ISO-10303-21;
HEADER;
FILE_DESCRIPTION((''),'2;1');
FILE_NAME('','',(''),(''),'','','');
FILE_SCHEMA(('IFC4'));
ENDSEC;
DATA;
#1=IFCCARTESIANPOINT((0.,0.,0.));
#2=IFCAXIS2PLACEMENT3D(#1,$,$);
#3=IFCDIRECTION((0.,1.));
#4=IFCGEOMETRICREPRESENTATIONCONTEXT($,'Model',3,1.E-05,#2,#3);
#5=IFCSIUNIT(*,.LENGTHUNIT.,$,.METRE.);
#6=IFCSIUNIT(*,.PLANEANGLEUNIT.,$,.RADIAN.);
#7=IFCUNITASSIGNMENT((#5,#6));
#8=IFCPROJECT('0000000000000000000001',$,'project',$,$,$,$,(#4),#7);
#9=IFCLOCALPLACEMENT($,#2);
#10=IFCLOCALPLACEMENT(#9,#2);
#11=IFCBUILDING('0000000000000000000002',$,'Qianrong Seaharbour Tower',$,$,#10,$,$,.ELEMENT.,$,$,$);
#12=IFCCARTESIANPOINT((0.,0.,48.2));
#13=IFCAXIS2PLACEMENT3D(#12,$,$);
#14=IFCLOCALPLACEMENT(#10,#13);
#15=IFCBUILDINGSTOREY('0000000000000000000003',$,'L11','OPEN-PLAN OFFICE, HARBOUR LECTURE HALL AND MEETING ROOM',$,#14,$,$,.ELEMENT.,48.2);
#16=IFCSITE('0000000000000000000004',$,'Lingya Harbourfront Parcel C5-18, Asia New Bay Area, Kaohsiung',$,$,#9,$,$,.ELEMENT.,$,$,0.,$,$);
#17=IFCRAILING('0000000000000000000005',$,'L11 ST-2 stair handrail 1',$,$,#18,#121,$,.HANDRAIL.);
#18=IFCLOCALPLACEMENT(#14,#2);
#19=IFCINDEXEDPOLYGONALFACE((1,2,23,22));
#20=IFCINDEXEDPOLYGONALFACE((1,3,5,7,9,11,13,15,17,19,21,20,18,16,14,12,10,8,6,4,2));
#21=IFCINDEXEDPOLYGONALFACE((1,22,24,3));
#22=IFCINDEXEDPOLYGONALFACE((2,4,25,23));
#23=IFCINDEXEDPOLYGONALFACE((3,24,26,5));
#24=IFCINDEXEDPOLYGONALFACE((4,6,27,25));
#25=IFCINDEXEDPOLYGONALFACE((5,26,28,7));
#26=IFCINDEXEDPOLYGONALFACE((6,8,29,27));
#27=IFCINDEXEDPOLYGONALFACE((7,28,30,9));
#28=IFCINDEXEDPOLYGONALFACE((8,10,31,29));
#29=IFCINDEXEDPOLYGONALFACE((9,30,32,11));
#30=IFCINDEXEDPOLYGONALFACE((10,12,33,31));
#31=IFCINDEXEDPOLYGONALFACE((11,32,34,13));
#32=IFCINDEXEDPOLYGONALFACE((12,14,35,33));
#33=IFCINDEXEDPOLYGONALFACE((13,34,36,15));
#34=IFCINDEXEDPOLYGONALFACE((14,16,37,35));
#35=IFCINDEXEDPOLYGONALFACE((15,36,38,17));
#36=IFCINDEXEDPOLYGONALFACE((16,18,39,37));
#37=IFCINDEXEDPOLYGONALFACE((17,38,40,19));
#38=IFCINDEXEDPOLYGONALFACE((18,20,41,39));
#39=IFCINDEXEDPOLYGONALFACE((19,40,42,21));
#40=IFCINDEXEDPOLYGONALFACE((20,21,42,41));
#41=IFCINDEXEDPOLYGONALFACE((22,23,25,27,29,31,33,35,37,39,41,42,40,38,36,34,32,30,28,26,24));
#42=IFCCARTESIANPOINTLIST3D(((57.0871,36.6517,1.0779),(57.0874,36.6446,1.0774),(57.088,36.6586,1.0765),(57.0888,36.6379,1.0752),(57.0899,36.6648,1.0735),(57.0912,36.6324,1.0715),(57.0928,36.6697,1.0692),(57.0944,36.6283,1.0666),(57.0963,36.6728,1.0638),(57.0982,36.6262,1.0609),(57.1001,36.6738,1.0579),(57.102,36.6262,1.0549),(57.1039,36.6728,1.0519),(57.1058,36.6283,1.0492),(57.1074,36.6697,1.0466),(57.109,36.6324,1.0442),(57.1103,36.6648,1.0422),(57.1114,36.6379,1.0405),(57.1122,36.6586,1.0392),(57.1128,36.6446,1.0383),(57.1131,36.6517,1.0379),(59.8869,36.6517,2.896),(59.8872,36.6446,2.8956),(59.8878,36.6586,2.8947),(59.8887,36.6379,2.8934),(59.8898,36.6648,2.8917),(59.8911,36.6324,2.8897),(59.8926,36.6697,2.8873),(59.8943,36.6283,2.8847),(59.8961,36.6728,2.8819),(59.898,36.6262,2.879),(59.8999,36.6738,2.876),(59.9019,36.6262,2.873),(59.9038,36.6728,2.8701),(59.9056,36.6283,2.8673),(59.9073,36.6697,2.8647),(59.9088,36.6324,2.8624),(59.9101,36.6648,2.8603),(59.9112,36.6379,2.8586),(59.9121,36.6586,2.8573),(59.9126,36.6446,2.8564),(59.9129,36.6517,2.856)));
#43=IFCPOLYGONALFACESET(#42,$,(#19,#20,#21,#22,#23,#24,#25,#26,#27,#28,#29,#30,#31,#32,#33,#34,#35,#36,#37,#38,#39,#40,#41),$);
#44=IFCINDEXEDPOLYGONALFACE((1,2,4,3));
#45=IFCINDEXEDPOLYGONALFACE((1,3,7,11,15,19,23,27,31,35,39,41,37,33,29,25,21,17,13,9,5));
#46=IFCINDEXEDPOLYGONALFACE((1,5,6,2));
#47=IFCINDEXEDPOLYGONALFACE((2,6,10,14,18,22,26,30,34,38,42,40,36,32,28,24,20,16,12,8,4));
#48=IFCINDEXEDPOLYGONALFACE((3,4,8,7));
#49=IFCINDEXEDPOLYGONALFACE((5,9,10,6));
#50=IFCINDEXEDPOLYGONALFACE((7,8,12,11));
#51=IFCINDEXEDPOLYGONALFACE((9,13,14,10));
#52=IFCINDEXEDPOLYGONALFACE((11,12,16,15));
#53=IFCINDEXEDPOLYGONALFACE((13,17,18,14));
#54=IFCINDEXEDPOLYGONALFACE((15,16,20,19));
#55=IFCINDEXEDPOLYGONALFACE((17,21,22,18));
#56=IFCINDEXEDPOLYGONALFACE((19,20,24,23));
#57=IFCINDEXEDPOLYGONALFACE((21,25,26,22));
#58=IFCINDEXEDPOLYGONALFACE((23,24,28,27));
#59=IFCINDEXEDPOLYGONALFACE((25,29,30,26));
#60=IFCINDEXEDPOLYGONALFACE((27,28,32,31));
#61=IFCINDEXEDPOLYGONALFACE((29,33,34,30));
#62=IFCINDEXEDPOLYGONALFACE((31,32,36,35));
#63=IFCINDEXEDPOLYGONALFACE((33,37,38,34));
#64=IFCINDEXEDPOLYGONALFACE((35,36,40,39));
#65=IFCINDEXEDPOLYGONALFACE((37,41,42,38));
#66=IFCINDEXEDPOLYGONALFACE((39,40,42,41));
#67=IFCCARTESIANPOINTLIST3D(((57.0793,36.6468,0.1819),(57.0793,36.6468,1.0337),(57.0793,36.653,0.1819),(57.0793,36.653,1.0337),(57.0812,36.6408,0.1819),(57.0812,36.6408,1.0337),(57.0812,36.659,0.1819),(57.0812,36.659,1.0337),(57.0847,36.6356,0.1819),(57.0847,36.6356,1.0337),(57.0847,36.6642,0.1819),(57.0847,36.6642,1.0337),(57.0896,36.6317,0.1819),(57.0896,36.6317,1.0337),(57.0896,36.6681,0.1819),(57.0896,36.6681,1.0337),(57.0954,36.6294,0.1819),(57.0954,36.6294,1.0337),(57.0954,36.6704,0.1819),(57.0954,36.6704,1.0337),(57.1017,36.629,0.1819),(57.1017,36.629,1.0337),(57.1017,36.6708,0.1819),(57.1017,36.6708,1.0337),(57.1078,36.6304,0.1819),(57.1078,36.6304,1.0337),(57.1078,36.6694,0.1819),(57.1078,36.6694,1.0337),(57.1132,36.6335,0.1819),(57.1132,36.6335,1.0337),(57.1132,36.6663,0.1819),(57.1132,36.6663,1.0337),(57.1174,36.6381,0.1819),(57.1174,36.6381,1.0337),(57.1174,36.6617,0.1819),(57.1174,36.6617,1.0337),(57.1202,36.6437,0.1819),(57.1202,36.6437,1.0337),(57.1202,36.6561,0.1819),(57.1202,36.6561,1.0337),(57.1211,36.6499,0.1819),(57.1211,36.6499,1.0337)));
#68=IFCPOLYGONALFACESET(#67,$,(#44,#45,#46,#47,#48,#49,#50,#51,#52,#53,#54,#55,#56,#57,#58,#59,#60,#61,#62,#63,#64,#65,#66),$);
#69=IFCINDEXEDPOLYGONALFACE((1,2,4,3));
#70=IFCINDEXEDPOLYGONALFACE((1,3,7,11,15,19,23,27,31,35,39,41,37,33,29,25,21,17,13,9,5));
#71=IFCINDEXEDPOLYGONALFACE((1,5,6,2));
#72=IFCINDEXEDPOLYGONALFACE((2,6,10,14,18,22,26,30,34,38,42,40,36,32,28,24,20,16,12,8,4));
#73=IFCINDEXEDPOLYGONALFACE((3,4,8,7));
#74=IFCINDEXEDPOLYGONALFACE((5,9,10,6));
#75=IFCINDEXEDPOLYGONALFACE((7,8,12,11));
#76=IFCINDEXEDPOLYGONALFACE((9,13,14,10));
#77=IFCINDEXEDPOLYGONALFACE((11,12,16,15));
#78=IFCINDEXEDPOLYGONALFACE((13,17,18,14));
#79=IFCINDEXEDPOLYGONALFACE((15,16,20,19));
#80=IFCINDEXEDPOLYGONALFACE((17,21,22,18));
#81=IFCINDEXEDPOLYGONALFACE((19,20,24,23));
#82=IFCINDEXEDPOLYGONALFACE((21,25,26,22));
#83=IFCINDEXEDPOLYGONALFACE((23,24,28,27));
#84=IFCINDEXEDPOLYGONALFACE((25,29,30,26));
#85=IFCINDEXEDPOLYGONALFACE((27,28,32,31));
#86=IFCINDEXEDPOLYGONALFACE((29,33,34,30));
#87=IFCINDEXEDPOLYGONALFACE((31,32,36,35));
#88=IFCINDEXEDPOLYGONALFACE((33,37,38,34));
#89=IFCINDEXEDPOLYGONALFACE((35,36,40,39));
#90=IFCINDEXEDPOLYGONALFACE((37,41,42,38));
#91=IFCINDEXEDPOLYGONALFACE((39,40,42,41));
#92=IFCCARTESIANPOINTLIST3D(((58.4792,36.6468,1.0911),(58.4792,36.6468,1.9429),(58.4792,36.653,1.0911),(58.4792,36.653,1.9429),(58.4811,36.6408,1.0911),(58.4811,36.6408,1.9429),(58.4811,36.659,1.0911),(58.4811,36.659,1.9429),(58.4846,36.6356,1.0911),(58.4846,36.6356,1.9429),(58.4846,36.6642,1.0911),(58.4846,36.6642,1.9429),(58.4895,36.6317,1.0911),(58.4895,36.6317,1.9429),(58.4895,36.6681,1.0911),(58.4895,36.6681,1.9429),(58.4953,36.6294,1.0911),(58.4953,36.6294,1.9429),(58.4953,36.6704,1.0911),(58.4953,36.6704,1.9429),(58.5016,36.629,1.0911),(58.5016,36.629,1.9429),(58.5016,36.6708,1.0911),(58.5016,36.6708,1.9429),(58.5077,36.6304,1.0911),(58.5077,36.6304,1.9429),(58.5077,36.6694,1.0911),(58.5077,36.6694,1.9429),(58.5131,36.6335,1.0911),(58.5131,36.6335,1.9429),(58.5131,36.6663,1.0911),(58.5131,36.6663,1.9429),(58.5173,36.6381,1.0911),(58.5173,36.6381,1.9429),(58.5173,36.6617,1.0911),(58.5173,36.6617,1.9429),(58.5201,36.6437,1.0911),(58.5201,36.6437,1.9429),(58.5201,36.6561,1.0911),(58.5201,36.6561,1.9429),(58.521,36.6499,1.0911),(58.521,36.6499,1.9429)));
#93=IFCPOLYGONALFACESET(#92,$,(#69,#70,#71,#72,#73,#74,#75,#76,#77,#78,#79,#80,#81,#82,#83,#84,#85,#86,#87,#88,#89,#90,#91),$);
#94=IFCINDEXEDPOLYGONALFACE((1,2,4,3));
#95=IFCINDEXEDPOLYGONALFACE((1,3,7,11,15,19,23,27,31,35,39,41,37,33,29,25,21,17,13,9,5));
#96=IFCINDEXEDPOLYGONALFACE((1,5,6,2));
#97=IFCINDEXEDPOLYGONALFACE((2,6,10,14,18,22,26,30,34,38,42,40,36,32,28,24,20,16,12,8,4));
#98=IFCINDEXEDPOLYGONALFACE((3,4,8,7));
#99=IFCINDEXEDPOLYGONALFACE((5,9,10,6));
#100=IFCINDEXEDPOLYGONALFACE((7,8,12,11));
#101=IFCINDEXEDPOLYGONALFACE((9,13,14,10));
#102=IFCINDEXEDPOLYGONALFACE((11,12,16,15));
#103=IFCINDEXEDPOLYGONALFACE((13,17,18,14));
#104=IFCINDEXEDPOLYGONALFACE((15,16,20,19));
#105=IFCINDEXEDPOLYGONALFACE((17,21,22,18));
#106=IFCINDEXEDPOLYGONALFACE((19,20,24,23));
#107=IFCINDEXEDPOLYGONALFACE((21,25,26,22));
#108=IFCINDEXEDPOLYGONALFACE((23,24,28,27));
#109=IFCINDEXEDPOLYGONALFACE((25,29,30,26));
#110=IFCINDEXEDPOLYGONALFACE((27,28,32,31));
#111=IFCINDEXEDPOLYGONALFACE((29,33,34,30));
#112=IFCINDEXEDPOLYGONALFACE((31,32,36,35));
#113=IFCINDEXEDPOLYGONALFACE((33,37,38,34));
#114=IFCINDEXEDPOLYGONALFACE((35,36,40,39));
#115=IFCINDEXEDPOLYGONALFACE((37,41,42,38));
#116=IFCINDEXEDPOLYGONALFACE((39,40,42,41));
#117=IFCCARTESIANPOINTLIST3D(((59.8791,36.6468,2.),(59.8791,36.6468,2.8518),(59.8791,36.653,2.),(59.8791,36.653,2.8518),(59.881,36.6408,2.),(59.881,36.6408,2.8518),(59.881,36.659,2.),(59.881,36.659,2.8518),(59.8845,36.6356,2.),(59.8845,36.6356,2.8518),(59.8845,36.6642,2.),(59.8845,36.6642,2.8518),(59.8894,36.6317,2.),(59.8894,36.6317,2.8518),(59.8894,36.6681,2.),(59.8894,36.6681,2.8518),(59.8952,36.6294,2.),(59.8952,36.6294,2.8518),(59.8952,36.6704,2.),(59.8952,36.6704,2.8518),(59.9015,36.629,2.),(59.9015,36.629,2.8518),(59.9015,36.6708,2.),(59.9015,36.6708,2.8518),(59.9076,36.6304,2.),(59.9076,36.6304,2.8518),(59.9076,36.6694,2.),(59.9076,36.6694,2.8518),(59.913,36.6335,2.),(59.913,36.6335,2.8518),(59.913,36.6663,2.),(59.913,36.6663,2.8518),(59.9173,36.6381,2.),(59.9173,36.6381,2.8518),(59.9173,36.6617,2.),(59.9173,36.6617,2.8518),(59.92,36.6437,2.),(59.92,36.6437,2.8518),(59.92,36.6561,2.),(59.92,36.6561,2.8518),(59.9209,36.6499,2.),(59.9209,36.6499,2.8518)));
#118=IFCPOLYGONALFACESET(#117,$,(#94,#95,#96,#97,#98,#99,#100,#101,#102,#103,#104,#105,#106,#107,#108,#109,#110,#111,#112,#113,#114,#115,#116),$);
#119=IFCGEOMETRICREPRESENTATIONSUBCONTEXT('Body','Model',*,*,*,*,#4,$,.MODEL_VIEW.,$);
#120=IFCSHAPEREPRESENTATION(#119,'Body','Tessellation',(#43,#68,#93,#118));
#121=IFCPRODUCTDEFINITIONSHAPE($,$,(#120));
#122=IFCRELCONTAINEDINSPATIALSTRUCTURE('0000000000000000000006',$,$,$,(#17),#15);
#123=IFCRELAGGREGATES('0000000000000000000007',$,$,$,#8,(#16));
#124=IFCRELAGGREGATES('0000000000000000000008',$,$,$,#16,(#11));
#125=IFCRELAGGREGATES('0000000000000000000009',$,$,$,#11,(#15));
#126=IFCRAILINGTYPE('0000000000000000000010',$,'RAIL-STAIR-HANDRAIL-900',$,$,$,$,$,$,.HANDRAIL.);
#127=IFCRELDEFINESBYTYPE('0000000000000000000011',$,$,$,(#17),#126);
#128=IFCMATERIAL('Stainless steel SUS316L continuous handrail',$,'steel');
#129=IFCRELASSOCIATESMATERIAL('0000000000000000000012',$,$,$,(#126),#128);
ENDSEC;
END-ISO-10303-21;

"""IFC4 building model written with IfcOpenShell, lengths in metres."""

from ifc_helpers import new_model, si_unit, direction, frame, origin, origin_2d, place, context, subcontext, project, spatial, circle, extrude, material, type_object, element, save


model = new_model("IFC4")

# Units and contexts
model_context = context("Model", 3, precision=1e-05, world=origin(), true_north=direction((0.0, 1.0)))
body_context = subcontext(model_context, "Body", "Model", "MODEL_VIEW")
ifc_project = project(units=[si_unit("LENGTHUNIT", "METRE"), si_unit("PLANEANGLEUNIT", "RADIAN")], contexts=[model_context])

# Site, building, storey
site_placement = place(None, origin())
site = spatial("IfcSite", under=ifc_project, at=site_placement, Name="Lingya Harbourfront Parcel C5-18, Asia New Bay Area, Kaohsiung", CompositionType="ELEMENT", RefElevation=0.0)
building_placement = place(site_placement, origin())
building = spatial("IfcBuilding", under=site, at=building_placement, Name="Qianrong Seaharbour Tower", CompositionType="ELEMENT")
storey_placement = place(building_placement, frame((0.0, 0.0, 48.2)))
storey = spatial("IfcBuildingStorey", under=building, at=storey_placement, Name="L11", Description="OPEN-PLAN OFFICE, HARBOUR LECTURE HALL AND MEETING ROOM", CompositionType="ELEMENT", Elevation=48.2)

# Railing
ifc_material_1 = material(Name="Stainless steel SUS316L continuous handrail", Category="steel")
railing_type_1 = type_object("IfcRailingType", Name="RAIL-STAIR-HANDRAIL-900", PredefinedType="HANDRAIL", material=ifc_material_1)
railing_1_placement = place(storey_placement, frame((57.1001, 36.6499, 0.1819)))
element("IfcRailing", 1, at=railing_1_placement, inside=storey, type_object=railing_type_1, Name="L11 ST-2 stair handrail 1", PredefinedType="HANDRAIL", context=body_context, shape_type="SweptSolid", body=[
    extrude(circle(Radius=0.0239, at=origin_2d()), frame((0.0, 0.0, 0.876), z_axis=(0.838684, 0.0, 0.544618), x_axis=(0.0, 1.0, 0.0)), (0.0, 0.0, 1.0), 3.3384),
    extrude(circle(Radius=0.021, at=origin_2d()), origin(), (0.0, 0.0, 1.0), 0.8518),
    extrude(circle(Radius=0.021, at=origin_2d()), frame((1.3999, 0.0, 0.9092)), (0.0, 0.0, 1.0), 0.8518),
    extrude(circle(Radius=0.021, at=origin_2d()), frame((2.7998, 0.0, 1.8181)), (0.0, 0.0, 1.0), 0.8518),
])

save(model, "model.ifc")
